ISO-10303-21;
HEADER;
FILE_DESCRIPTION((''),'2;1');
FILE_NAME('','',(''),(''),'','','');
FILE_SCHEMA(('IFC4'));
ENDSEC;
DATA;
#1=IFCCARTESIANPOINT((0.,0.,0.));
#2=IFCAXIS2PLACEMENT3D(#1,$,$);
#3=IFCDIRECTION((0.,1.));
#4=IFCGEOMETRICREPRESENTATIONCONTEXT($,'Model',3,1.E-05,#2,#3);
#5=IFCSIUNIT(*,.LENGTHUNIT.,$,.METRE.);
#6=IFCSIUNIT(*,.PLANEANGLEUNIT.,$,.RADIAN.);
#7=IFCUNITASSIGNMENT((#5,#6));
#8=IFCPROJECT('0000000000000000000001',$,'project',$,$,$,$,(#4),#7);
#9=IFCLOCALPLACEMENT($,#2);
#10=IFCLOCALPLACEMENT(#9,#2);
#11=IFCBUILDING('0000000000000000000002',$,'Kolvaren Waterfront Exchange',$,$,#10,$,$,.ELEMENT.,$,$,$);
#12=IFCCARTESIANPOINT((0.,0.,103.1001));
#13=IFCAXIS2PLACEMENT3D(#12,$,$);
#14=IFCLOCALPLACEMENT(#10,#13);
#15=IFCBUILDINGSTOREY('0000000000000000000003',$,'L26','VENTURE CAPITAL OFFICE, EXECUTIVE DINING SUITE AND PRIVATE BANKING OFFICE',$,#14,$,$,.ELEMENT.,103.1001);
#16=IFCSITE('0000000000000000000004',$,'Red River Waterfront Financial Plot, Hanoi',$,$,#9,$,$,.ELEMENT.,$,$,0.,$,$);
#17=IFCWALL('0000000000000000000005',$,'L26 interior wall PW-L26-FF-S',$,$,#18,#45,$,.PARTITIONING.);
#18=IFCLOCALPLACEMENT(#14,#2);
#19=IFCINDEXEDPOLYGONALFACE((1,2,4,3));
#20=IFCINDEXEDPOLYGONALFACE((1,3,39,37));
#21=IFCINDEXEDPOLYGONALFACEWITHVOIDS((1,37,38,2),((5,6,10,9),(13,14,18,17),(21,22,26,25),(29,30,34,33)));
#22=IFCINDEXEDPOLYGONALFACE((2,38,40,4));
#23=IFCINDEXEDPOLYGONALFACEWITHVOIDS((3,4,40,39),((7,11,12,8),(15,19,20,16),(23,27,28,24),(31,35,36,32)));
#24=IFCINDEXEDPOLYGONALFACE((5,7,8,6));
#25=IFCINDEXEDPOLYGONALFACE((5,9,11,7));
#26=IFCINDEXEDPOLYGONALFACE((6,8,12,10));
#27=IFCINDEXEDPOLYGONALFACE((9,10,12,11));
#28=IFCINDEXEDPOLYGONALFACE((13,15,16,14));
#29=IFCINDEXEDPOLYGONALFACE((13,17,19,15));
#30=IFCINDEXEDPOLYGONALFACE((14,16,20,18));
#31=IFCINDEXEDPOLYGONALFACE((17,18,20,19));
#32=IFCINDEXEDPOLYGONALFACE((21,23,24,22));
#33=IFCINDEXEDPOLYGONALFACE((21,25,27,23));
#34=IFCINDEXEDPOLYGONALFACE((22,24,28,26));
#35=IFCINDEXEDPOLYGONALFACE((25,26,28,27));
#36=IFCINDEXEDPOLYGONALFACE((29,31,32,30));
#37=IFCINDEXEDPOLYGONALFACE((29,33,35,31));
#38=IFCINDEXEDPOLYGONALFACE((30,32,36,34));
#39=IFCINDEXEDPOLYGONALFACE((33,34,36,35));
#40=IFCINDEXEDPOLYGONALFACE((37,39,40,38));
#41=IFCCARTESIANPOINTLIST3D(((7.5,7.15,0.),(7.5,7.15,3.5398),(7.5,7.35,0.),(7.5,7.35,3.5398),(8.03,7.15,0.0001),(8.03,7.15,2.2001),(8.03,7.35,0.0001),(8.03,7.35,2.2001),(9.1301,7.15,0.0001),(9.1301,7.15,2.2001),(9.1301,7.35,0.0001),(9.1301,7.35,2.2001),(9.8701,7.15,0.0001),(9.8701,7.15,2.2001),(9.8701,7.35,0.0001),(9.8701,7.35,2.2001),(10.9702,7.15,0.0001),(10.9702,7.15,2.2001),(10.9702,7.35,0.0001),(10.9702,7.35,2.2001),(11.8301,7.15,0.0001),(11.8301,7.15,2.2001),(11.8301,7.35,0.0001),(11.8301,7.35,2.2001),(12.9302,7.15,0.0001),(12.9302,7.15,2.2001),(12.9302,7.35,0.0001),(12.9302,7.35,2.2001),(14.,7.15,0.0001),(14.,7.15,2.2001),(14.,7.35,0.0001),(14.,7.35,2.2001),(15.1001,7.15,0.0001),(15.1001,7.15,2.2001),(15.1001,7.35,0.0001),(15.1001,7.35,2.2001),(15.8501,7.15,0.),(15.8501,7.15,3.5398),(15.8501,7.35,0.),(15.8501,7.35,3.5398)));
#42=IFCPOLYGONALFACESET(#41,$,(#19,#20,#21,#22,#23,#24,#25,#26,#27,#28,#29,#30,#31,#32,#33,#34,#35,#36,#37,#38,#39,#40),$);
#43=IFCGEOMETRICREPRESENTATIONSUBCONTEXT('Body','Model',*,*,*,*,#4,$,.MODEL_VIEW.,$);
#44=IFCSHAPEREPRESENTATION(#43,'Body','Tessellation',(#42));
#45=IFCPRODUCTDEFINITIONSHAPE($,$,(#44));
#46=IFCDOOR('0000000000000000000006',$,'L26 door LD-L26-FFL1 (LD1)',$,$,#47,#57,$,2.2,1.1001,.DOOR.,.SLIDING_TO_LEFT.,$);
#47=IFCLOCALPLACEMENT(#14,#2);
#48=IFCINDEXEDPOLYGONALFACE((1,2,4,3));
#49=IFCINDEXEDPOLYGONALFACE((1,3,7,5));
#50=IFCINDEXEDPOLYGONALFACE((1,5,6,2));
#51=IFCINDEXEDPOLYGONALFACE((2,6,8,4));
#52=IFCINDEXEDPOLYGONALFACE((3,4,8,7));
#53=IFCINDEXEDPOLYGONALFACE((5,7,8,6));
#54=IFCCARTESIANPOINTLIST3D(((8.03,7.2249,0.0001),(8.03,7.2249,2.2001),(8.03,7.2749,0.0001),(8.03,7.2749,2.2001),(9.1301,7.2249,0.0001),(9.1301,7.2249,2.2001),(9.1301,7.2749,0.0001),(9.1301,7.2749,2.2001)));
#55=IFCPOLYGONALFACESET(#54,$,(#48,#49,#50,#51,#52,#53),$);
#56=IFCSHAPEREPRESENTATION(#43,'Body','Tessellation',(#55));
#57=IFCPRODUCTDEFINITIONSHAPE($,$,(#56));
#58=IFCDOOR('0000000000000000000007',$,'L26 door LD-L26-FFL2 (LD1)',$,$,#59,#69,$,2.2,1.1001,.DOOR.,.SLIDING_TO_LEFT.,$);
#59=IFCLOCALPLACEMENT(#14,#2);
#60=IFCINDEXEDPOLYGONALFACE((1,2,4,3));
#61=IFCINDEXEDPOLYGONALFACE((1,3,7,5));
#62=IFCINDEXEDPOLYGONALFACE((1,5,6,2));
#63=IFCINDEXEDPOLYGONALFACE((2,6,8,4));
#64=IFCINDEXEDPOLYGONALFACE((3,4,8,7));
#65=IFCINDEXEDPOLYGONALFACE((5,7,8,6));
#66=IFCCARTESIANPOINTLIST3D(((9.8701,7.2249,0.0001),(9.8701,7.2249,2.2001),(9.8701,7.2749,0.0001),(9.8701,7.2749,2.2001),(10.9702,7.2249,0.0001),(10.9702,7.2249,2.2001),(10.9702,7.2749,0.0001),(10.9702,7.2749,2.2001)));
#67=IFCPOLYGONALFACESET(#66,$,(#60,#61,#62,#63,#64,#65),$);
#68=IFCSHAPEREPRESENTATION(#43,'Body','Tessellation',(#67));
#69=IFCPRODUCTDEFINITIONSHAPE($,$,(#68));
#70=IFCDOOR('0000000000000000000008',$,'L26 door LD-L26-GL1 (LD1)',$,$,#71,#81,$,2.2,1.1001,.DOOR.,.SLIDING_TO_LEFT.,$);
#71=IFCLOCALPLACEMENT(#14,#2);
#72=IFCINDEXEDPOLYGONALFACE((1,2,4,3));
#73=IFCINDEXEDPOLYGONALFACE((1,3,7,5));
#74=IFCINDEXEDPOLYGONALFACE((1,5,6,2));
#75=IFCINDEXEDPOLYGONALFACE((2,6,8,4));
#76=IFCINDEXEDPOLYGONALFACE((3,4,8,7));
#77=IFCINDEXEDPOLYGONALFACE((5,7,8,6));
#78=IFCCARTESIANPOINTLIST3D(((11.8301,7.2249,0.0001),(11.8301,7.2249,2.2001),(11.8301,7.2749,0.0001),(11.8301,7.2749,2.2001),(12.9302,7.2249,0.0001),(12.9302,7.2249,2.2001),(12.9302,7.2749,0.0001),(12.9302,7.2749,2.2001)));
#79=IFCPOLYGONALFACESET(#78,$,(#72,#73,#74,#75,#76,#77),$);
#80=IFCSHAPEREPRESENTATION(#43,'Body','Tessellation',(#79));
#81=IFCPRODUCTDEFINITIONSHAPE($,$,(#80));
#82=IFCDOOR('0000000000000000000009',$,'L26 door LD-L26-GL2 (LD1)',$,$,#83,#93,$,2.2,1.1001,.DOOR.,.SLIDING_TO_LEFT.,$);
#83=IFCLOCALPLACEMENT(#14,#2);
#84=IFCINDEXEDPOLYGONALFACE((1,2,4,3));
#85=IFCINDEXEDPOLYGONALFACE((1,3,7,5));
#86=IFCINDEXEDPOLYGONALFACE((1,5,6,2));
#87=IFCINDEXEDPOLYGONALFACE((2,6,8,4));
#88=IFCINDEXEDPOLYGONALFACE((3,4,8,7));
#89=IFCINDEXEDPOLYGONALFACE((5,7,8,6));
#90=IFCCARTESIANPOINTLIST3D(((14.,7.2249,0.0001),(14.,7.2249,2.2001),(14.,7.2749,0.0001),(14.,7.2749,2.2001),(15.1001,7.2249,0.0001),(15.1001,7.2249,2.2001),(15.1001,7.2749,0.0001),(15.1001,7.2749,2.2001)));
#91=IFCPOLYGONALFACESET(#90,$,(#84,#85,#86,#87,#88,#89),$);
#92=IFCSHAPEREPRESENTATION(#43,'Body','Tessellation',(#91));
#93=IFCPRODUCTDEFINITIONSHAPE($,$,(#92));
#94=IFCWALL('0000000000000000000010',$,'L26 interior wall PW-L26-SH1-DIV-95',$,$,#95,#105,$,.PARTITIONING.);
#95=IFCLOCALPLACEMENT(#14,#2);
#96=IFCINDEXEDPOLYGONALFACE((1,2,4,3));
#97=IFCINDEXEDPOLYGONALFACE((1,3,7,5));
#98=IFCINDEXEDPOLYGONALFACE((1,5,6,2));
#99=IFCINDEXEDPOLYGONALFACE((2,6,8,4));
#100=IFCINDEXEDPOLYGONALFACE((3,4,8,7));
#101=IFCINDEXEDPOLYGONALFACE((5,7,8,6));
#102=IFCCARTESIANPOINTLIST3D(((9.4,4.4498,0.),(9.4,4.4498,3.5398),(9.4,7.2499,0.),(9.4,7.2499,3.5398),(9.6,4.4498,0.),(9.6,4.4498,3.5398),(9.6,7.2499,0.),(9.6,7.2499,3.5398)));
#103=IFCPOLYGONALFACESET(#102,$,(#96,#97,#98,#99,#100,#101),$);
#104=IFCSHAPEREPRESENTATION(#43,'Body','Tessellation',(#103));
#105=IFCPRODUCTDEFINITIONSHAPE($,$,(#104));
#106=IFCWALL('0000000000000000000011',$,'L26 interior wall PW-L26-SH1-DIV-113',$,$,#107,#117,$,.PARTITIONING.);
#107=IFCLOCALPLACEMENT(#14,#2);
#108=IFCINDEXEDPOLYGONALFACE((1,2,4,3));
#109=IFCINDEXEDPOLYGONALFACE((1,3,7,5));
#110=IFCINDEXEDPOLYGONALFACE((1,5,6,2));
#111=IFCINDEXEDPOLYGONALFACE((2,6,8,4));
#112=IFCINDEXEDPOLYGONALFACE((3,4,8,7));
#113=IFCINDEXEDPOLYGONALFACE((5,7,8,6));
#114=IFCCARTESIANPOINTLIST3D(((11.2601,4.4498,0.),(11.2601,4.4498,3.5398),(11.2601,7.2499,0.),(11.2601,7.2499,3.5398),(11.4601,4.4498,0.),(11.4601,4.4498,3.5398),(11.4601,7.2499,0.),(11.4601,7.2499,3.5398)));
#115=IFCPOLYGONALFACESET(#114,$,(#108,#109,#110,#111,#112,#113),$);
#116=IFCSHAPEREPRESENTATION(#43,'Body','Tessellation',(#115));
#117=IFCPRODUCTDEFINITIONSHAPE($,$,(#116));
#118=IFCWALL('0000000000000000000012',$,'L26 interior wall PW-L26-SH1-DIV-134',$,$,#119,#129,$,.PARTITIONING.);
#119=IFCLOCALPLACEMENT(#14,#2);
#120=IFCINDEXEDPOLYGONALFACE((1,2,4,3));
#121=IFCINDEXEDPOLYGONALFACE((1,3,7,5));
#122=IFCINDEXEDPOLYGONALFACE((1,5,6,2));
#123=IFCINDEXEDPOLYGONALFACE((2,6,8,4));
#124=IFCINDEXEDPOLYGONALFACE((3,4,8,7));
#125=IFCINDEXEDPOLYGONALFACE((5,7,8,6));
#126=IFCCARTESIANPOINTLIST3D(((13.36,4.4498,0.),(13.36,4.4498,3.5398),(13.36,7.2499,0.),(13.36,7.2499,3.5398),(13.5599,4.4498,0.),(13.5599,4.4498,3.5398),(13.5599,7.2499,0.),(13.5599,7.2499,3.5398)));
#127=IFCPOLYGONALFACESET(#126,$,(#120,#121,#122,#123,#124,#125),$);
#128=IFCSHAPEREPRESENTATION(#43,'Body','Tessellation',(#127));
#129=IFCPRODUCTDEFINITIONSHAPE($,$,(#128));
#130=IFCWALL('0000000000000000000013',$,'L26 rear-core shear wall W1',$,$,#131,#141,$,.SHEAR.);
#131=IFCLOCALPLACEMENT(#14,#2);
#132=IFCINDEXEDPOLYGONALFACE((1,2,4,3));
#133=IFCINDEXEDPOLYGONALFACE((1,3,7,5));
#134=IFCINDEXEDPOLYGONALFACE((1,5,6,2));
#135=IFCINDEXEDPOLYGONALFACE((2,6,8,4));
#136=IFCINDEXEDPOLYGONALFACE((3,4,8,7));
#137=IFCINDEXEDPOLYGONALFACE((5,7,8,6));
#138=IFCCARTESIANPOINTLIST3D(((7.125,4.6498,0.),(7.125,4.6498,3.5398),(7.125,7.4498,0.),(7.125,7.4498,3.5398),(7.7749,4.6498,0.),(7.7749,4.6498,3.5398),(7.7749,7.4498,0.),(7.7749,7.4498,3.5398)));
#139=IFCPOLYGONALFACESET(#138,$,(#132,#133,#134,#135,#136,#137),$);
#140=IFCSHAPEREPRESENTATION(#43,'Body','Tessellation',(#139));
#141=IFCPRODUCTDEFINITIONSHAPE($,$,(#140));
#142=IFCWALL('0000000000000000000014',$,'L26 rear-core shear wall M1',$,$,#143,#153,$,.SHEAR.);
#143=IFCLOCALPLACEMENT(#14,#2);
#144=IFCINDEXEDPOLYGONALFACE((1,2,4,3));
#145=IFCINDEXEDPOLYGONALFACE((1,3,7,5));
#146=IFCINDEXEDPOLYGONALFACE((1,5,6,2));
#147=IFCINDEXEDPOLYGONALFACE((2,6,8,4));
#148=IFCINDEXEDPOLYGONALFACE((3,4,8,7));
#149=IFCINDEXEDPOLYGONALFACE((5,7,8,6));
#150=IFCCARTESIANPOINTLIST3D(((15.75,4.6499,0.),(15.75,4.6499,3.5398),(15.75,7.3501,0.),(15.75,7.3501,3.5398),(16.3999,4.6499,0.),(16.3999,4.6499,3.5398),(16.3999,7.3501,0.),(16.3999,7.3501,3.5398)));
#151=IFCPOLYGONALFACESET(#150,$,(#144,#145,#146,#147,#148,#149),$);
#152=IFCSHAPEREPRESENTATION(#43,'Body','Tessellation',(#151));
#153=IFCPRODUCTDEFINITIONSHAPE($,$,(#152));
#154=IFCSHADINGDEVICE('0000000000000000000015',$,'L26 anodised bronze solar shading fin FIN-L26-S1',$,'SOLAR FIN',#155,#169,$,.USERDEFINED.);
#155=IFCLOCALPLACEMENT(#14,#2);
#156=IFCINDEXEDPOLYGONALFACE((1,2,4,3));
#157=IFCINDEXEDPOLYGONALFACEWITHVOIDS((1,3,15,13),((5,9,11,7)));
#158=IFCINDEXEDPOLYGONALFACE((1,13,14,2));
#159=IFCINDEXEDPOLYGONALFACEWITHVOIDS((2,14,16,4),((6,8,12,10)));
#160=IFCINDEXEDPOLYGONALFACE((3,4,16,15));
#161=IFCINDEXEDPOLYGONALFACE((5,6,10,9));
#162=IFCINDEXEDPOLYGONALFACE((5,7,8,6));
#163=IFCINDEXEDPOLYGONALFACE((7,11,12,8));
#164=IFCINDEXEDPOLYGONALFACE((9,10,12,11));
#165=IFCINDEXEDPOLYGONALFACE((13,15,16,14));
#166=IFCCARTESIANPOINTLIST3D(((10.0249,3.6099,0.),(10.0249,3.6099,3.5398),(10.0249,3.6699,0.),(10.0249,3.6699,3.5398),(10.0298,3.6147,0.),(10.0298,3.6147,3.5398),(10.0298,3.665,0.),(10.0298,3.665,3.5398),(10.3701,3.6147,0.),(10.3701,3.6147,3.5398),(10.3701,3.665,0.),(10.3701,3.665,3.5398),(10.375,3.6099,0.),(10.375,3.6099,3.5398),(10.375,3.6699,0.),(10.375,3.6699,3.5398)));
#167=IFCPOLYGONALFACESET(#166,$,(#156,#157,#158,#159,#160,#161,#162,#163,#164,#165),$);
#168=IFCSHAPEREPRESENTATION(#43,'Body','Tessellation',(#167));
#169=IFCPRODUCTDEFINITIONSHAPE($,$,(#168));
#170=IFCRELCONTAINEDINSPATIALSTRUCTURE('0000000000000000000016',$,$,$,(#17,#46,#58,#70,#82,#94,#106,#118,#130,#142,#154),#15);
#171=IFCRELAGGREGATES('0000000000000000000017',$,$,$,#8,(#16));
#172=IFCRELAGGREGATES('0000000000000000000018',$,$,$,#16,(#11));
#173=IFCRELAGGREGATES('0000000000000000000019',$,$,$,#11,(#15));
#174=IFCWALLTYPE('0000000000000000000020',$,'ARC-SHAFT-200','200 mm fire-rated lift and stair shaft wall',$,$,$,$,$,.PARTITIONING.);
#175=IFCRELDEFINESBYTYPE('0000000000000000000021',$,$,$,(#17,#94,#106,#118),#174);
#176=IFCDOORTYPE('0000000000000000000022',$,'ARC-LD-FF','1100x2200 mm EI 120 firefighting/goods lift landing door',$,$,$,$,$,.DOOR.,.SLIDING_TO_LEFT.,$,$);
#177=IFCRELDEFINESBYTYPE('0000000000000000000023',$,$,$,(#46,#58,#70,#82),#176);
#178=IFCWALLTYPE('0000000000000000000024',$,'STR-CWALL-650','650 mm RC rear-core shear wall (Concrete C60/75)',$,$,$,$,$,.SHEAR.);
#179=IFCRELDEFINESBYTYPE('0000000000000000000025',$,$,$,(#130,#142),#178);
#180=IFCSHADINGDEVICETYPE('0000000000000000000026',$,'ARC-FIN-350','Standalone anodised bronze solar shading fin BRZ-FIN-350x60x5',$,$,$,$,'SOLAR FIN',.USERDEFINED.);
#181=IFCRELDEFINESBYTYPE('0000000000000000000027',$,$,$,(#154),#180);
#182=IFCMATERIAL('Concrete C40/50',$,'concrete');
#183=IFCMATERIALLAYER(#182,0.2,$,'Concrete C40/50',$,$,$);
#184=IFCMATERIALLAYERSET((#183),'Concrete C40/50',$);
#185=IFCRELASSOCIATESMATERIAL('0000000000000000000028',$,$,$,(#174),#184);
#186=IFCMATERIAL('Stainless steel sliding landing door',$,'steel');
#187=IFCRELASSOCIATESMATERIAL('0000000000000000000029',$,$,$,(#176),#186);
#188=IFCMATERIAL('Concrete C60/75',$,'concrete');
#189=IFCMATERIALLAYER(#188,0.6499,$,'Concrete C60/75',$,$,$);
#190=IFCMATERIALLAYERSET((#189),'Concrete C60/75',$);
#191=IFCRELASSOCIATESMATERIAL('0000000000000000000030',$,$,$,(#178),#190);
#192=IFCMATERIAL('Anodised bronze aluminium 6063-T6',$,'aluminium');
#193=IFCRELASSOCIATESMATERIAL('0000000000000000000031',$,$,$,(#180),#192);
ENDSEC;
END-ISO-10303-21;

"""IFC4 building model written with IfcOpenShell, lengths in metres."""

from ifc_helpers import new_model, si_unit, direction, frame, frame_2d, origin, origin_2d, place, context, subcontext, project, spatial, rectangle, hollow_rectangle, extrude, material, layer, layer_set, material_profile, profile_set, type_object, element, fill, save


model = new_model("IFC4")

# Units and contexts
model_context = context("Model", 3, precision=1e-05, world=origin(), true_north=direction((0.0, 1.0)))
body_context = subcontext(model_context, "Body", "Model", "MODEL_VIEW")
ifc_project = project(units=[si_unit("LENGTHUNIT", "METRE"), si_unit("PLANEANGLEUNIT", "RADIAN")], contexts=[model_context])

# Site, building, storey
site_placement = place(None, origin())
site = spatial("IfcSite", under=ifc_project, at=site_placement, Name="Red River Waterfront Financial Plot, Hanoi", CompositionType="ELEMENT", RefElevation=0.0)
building_placement = place(site_placement, origin())
building = spatial("IfcBuilding", under=site, at=building_placement, Name="Kolvaren Waterfront Exchange", CompositionType="ELEMENT")
storey_placement = place(building_placement, frame((0.0, 0.0, 103.1001)))
storey = spatial("IfcBuildingStorey", under=building, at=storey_placement, Name="L26", Description="VENTURE CAPITAL OFFICE, EXECUTIVE DINING SUITE AND PRIVATE BANKING OFFICE", CompositionType="ELEMENT", Elevation=103.1001)

# Shared definitions
ifc_material_1 = material(Name="Concrete C60/75", Category="concrete")

# Shared definitions
ifc_material_2 = material(Name="Anodised bronze aluminium 6063-T6", Category="aluminium")

# Wall, openings, doors
ifc_material_3 = material(Name="Concrete C40/50", Category="concrete")
ifc_layer_1 = layer(ifc_material_3, 0.2, Name="Concrete C40/50")
ifc_layer_set_1 = layer_set([ifc_layer_1], Name="Concrete C40/50")
wall_type_1 = type_object("IfcWallType", Name="ARC-SHAFT-200", Description="200 mm fire-rated lift and stair shaft wall", PredefinedType="PARTITIONING", material=ifc_layer_set_1)
wall_1_placement = place(storey_placement, frame((7.5, 7.25, 0.0), z_axis=(0.0, 0.0, 1.0), x_axis=(1.0, 0.0, 0.0)))
wall_1 = element("IfcWall", 1, at=wall_1_placement, inside=storey, type_object=wall_type_1, Name="L26 interior wall PW-L26-FF-S", PredefinedType="PARTITIONING", context=body_context, shape_type="SweptSolid", body=[
    extrude(rectangle(XDim=8.3501, YDim=0.2, at=frame_2d((4.175, 0.0))), origin(), (0.0, 0.0, 1.0), 3.5398),
])
opening_1_placement = place(wall_1_placement, frame((0.53, 0.0, 0.0)))
opening_1 = element("IfcOpeningElement", 2, at=opening_1_placement, cuts=wall_1, PredefinedType="OPENING", context=body_context, shape_type="SweptSolid", body=[
    extrude(rectangle(XDim=1.1001, YDim=2.2, at=frame_2d((0.55, 1.1001))), frame((0.0, 0.1099, 0.0), z_axis=(0.0, -1.0, 0.0), x_axis=(1.0, 0.0, 0.0)), (0.0, 0.0, 1.0), 0.22),
])
opening_2_placement = place(wall_1_placement, frame((2.3701, 0.0, 0.0)))
opening_2 = element("IfcOpeningElement", 3, at=opening_2_placement, cuts=wall_1, PredefinedType="OPENING", context=body_context, shape_type="SweptSolid", body=[
    extrude(rectangle(XDim=1.1001, YDim=2.2, at=frame_2d((0.55, 1.1001))), frame((0.0, 0.1099, 0.0), z_axis=(0.0, -1.0, 0.0), x_axis=(1.0, 0.0, 0.0)), (0.0, 0.0, 1.0), 0.22),
])
opening_3_placement = place(wall_1_placement, frame((4.3301, 0.0, 0.0)))
opening_3 = element("IfcOpeningElement", 4, at=opening_3_placement, cuts=wall_1, PredefinedType="OPENING", context=body_context, shape_type="SweptSolid", body=[
    extrude(rectangle(XDim=1.1001, YDim=2.2, at=frame_2d((0.55, 1.1001))), frame((0.0, 0.1099, 0.0), z_axis=(0.0, -1.0, 0.0), x_axis=(1.0, 0.0, 0.0)), (0.0, 0.0, 1.0), 0.22),
])
opening_4_placement = place(wall_1_placement, frame((6.5, 0.0, 0.0)))
opening_4 = element("IfcOpeningElement", 5, at=opening_4_placement, cuts=wall_1, PredefinedType="OPENING", context=body_context, shape_type="SweptSolid", body=[
    extrude(rectangle(XDim=1.1001, YDim=2.2, at=frame_2d((0.55, 1.1001))), frame((0.0, 0.1099, 0.0), z_axis=(0.0, -1.0, 0.0), x_axis=(1.0, 0.0, 0.0)), (0.0, 0.0, 1.0), 0.22),
])
ifc_material_4 = material(Name="Stainless steel sliding landing door", Category="steel")
door_type = type_object("IfcDoorType", Name="ARC-LD-FF", Description="1100x2200 mm EI 120 firefighting/goods lift landing door", OperationType="SLIDING_TO_LEFT", PredefinedType="DOOR", material=ifc_material_4)
door_1_placement = place(opening_1_placement, origin())
door_1 = element("IfcDoor", 6, at=door_1_placement, inside=storey, type_object=door_type, Name="L26 door LD-L26-FFL1 (LD1)", OperationType="SLIDING_TO_LEFT", OverallHeight=2.2, OverallWidth=1.1001, PredefinedType="DOOR", context=body_context, shape_type="SweptSolid", body=[
    extrude(rectangle(XDim=1.1001, YDim=2.2, at=frame_2d((0.55, 1.1001))), frame((0.0, 0.0249, 0.0), z_axis=(0.0, -1.0, 0.0), x_axis=(1.0, 0.0, 0.0)), (0.0, 0.0, 1.0), 0.05),
])
fill(opening_1, door_1)
door_2_placement = place(opening_2_placement, origin())
door_2 = element("IfcDoor", 7, at=door_2_placement, inside=storey, type_object=door_type, Name="L26 door LD-L26-FFL2 (LD1)", OperationType="SLIDING_TO_LEFT", OverallHeight=2.2, OverallWidth=1.1001, PredefinedType="DOOR", context=body_context, shape_type="SweptSolid", body=[
    extrude(rectangle(XDim=1.1001, YDim=2.2, at=frame_2d((0.55, 1.1001))), frame((0.0, 0.0249, 0.0), z_axis=(0.0, -1.0, 0.0), x_axis=(1.0, 0.0, 0.0)), (0.0, 0.0, 1.0), 0.05),
])
fill(opening_2, door_2)
door_3_placement = place(opening_3_placement, origin())
door_3 = element("IfcDoor", 8, at=door_3_placement, inside=storey, type_object=door_type, Name="L26 door LD-L26-GL1 (LD1)", OperationType="SLIDING_TO_LEFT", OverallHeight=2.2, OverallWidth=1.1001, PredefinedType="DOOR", context=body_context, shape_type="SweptSolid", body=[
    extrude(rectangle(XDim=1.1001, YDim=2.2, at=frame_2d((0.55, 1.1001))), frame((0.0, 0.0249, 0.0), z_axis=(0.0, -1.0, 0.0), x_axis=(1.0, 0.0, 0.0)), (0.0, 0.0, 1.0), 0.05),
])
fill(opening_3, door_3)
door_4_placement = place(opening_4_placement, origin())
door_4 = element("IfcDoor", 9, at=door_4_placement, inside=storey, type_object=door_type, Name="L26 door LD-L26-GL2 (LD1)", OperationType="SLIDING_TO_LEFT", OverallHeight=2.2, OverallWidth=1.1001, PredefinedType="DOOR", context=body_context, shape_type="SweptSolid", body=[
    extrude(rectangle(XDim=1.1001, YDim=2.2, at=frame_2d((0.55, 1.1001))), frame((0.0, 0.0249, 0.0), z_axis=(0.0, -1.0, 0.0), x_axis=(1.0, 0.0, 0.0)), (0.0, 0.0, 1.0), 0.05),
])
fill(opening_4, door_4)

# Walls
for number, where, z_axis, x_axis, name in (
    (10, (9.5, 4.45, 0.0), (0.0, 0.0, 1.0), (0.0, 1.0, 0.0), "L26 interior wall PW-L26-SH1-DIV-95"),
    (11, (11.3601, 4.45, 0.0), (0.0, 0.0, 1.0), (0.0, 1.0, 0.0), "L26 interior wall PW-L26-SH1-DIV-113"),
    (12, (13.46, 4.45, 0.0), (0.0, 0.0, 1.0), (0.0, 1.0, 0.0), "L26 interior wall PW-L26-SH1-DIV-134"),
):
    element("IfcWall", number, at=place(storey_placement, frame(where, z_axis=z_axis, x_axis=x_axis)), inside=storey, type_object=wall_type_1, Name=name, PredefinedType="PARTITIONING", context=body_context, shape_type="SweptSolid", body=[
        extrude(rectangle(XDim=2.8, YDim=0.2, at=frame_2d((1.3999, 0.0))), origin(), (0.0, 0.0, 1.0), 3.5398),
    ])
ifc_layer_2 = layer(ifc_material_1, 0.6499, Name="Concrete C60/75")
ifc_layer_set_2 = layer_set([ifc_layer_2], Name="Concrete C60/75")
wall_type_2 = type_object("IfcWallType", Name="STR-CWALL-650", Description="650 mm RC rear-core shear wall (Concrete C60/75)", PredefinedType="SHEAR", material=ifc_layer_set_2)
wall_2_placement = place(storey_placement, frame((7.45, 4.6499, 0.0), z_axis=(0.0, 0.0, 1.0), x_axis=(0.0, 1.0, 0.0)))
element("IfcWall", 13, at=wall_2_placement, inside=storey, type_object=wall_type_2, Name="L26 rear-core shear wall W1", PredefinedType="SHEAR", context=body_context, shape_type="SweptSolid", body=[
    extrude(rectangle(XDim=2.8, YDim=0.6499, at=frame_2d((1.3999, 0.0))), origin(), (0.0, 0.0, 1.0), 3.5398),
])
wall_3_placement = place(storey_placement, frame((16.075, 4.6499, 0.0), z_axis=(0.0, 0.0, 1.0), x_axis=(0.0, 1.0, 0.0)))
element("IfcWall", 14, at=wall_3_placement, inside=storey, type_object=wall_type_2, Name="L26 rear-core shear wall M1", PredefinedType="SHEAR", context=body_context, shape_type="SweptSolid", body=[
    extrude(rectangle(XDim=2.7002, YDim=0.6499, at=frame_2d((1.3501, 0.0))), origin(), (0.0, 0.0, 1.0), 3.5398),
])

# Shading device
ifc_material_profile_1 = material_profile(ifc_material_2, hollow_rectangle(XDim=0.0601, YDim=0.3501, WallThickness=0.0049, at=origin_2d()), Name="BRZ-FIN-350x60x5")
ifc_profile_set_1 = profile_set([ifc_material_profile_1], Name="Anodised bronze aluminium 6063-T6")
shading_device_type = type_object("IfcShadingDeviceType", Name="ARC-FIN-350", Description="Standalone anodised bronze solar shading fin BRZ-FIN-350x60x5", ElementType="SOLAR FIN", PredefinedType="USERDEFINED", material=ifc_profile_set_1)
for number, where, z_axis, x_axis, name in (
    (15, (10.2, 3.6399, 0.0), (0.0, 0.0, 1.0), (0.0, -1.0, 0.0), "L26 anodised bronze solar shading fin FIN-L26-S1"),
):
    element("IfcShadingDevice", number, at=place(storey_placement, frame(where, z_axis=z_axis, x_axis=x_axis)), inside=storey, type_object=shading_device_type, Name=name, ObjectType="SOLAR FIN", PredefinedType="USERDEFINED", context=body_context, shape_type="SweptSolid", body=[
        extrude(hollow_rectangle(XDim=0.0601, YDim=0.3501, WallThickness=0.0049, at=origin_2d()), origin(), (0.0, 0.0, 1.0), 3.5398),
    ])

save(model, "model.ifc")
